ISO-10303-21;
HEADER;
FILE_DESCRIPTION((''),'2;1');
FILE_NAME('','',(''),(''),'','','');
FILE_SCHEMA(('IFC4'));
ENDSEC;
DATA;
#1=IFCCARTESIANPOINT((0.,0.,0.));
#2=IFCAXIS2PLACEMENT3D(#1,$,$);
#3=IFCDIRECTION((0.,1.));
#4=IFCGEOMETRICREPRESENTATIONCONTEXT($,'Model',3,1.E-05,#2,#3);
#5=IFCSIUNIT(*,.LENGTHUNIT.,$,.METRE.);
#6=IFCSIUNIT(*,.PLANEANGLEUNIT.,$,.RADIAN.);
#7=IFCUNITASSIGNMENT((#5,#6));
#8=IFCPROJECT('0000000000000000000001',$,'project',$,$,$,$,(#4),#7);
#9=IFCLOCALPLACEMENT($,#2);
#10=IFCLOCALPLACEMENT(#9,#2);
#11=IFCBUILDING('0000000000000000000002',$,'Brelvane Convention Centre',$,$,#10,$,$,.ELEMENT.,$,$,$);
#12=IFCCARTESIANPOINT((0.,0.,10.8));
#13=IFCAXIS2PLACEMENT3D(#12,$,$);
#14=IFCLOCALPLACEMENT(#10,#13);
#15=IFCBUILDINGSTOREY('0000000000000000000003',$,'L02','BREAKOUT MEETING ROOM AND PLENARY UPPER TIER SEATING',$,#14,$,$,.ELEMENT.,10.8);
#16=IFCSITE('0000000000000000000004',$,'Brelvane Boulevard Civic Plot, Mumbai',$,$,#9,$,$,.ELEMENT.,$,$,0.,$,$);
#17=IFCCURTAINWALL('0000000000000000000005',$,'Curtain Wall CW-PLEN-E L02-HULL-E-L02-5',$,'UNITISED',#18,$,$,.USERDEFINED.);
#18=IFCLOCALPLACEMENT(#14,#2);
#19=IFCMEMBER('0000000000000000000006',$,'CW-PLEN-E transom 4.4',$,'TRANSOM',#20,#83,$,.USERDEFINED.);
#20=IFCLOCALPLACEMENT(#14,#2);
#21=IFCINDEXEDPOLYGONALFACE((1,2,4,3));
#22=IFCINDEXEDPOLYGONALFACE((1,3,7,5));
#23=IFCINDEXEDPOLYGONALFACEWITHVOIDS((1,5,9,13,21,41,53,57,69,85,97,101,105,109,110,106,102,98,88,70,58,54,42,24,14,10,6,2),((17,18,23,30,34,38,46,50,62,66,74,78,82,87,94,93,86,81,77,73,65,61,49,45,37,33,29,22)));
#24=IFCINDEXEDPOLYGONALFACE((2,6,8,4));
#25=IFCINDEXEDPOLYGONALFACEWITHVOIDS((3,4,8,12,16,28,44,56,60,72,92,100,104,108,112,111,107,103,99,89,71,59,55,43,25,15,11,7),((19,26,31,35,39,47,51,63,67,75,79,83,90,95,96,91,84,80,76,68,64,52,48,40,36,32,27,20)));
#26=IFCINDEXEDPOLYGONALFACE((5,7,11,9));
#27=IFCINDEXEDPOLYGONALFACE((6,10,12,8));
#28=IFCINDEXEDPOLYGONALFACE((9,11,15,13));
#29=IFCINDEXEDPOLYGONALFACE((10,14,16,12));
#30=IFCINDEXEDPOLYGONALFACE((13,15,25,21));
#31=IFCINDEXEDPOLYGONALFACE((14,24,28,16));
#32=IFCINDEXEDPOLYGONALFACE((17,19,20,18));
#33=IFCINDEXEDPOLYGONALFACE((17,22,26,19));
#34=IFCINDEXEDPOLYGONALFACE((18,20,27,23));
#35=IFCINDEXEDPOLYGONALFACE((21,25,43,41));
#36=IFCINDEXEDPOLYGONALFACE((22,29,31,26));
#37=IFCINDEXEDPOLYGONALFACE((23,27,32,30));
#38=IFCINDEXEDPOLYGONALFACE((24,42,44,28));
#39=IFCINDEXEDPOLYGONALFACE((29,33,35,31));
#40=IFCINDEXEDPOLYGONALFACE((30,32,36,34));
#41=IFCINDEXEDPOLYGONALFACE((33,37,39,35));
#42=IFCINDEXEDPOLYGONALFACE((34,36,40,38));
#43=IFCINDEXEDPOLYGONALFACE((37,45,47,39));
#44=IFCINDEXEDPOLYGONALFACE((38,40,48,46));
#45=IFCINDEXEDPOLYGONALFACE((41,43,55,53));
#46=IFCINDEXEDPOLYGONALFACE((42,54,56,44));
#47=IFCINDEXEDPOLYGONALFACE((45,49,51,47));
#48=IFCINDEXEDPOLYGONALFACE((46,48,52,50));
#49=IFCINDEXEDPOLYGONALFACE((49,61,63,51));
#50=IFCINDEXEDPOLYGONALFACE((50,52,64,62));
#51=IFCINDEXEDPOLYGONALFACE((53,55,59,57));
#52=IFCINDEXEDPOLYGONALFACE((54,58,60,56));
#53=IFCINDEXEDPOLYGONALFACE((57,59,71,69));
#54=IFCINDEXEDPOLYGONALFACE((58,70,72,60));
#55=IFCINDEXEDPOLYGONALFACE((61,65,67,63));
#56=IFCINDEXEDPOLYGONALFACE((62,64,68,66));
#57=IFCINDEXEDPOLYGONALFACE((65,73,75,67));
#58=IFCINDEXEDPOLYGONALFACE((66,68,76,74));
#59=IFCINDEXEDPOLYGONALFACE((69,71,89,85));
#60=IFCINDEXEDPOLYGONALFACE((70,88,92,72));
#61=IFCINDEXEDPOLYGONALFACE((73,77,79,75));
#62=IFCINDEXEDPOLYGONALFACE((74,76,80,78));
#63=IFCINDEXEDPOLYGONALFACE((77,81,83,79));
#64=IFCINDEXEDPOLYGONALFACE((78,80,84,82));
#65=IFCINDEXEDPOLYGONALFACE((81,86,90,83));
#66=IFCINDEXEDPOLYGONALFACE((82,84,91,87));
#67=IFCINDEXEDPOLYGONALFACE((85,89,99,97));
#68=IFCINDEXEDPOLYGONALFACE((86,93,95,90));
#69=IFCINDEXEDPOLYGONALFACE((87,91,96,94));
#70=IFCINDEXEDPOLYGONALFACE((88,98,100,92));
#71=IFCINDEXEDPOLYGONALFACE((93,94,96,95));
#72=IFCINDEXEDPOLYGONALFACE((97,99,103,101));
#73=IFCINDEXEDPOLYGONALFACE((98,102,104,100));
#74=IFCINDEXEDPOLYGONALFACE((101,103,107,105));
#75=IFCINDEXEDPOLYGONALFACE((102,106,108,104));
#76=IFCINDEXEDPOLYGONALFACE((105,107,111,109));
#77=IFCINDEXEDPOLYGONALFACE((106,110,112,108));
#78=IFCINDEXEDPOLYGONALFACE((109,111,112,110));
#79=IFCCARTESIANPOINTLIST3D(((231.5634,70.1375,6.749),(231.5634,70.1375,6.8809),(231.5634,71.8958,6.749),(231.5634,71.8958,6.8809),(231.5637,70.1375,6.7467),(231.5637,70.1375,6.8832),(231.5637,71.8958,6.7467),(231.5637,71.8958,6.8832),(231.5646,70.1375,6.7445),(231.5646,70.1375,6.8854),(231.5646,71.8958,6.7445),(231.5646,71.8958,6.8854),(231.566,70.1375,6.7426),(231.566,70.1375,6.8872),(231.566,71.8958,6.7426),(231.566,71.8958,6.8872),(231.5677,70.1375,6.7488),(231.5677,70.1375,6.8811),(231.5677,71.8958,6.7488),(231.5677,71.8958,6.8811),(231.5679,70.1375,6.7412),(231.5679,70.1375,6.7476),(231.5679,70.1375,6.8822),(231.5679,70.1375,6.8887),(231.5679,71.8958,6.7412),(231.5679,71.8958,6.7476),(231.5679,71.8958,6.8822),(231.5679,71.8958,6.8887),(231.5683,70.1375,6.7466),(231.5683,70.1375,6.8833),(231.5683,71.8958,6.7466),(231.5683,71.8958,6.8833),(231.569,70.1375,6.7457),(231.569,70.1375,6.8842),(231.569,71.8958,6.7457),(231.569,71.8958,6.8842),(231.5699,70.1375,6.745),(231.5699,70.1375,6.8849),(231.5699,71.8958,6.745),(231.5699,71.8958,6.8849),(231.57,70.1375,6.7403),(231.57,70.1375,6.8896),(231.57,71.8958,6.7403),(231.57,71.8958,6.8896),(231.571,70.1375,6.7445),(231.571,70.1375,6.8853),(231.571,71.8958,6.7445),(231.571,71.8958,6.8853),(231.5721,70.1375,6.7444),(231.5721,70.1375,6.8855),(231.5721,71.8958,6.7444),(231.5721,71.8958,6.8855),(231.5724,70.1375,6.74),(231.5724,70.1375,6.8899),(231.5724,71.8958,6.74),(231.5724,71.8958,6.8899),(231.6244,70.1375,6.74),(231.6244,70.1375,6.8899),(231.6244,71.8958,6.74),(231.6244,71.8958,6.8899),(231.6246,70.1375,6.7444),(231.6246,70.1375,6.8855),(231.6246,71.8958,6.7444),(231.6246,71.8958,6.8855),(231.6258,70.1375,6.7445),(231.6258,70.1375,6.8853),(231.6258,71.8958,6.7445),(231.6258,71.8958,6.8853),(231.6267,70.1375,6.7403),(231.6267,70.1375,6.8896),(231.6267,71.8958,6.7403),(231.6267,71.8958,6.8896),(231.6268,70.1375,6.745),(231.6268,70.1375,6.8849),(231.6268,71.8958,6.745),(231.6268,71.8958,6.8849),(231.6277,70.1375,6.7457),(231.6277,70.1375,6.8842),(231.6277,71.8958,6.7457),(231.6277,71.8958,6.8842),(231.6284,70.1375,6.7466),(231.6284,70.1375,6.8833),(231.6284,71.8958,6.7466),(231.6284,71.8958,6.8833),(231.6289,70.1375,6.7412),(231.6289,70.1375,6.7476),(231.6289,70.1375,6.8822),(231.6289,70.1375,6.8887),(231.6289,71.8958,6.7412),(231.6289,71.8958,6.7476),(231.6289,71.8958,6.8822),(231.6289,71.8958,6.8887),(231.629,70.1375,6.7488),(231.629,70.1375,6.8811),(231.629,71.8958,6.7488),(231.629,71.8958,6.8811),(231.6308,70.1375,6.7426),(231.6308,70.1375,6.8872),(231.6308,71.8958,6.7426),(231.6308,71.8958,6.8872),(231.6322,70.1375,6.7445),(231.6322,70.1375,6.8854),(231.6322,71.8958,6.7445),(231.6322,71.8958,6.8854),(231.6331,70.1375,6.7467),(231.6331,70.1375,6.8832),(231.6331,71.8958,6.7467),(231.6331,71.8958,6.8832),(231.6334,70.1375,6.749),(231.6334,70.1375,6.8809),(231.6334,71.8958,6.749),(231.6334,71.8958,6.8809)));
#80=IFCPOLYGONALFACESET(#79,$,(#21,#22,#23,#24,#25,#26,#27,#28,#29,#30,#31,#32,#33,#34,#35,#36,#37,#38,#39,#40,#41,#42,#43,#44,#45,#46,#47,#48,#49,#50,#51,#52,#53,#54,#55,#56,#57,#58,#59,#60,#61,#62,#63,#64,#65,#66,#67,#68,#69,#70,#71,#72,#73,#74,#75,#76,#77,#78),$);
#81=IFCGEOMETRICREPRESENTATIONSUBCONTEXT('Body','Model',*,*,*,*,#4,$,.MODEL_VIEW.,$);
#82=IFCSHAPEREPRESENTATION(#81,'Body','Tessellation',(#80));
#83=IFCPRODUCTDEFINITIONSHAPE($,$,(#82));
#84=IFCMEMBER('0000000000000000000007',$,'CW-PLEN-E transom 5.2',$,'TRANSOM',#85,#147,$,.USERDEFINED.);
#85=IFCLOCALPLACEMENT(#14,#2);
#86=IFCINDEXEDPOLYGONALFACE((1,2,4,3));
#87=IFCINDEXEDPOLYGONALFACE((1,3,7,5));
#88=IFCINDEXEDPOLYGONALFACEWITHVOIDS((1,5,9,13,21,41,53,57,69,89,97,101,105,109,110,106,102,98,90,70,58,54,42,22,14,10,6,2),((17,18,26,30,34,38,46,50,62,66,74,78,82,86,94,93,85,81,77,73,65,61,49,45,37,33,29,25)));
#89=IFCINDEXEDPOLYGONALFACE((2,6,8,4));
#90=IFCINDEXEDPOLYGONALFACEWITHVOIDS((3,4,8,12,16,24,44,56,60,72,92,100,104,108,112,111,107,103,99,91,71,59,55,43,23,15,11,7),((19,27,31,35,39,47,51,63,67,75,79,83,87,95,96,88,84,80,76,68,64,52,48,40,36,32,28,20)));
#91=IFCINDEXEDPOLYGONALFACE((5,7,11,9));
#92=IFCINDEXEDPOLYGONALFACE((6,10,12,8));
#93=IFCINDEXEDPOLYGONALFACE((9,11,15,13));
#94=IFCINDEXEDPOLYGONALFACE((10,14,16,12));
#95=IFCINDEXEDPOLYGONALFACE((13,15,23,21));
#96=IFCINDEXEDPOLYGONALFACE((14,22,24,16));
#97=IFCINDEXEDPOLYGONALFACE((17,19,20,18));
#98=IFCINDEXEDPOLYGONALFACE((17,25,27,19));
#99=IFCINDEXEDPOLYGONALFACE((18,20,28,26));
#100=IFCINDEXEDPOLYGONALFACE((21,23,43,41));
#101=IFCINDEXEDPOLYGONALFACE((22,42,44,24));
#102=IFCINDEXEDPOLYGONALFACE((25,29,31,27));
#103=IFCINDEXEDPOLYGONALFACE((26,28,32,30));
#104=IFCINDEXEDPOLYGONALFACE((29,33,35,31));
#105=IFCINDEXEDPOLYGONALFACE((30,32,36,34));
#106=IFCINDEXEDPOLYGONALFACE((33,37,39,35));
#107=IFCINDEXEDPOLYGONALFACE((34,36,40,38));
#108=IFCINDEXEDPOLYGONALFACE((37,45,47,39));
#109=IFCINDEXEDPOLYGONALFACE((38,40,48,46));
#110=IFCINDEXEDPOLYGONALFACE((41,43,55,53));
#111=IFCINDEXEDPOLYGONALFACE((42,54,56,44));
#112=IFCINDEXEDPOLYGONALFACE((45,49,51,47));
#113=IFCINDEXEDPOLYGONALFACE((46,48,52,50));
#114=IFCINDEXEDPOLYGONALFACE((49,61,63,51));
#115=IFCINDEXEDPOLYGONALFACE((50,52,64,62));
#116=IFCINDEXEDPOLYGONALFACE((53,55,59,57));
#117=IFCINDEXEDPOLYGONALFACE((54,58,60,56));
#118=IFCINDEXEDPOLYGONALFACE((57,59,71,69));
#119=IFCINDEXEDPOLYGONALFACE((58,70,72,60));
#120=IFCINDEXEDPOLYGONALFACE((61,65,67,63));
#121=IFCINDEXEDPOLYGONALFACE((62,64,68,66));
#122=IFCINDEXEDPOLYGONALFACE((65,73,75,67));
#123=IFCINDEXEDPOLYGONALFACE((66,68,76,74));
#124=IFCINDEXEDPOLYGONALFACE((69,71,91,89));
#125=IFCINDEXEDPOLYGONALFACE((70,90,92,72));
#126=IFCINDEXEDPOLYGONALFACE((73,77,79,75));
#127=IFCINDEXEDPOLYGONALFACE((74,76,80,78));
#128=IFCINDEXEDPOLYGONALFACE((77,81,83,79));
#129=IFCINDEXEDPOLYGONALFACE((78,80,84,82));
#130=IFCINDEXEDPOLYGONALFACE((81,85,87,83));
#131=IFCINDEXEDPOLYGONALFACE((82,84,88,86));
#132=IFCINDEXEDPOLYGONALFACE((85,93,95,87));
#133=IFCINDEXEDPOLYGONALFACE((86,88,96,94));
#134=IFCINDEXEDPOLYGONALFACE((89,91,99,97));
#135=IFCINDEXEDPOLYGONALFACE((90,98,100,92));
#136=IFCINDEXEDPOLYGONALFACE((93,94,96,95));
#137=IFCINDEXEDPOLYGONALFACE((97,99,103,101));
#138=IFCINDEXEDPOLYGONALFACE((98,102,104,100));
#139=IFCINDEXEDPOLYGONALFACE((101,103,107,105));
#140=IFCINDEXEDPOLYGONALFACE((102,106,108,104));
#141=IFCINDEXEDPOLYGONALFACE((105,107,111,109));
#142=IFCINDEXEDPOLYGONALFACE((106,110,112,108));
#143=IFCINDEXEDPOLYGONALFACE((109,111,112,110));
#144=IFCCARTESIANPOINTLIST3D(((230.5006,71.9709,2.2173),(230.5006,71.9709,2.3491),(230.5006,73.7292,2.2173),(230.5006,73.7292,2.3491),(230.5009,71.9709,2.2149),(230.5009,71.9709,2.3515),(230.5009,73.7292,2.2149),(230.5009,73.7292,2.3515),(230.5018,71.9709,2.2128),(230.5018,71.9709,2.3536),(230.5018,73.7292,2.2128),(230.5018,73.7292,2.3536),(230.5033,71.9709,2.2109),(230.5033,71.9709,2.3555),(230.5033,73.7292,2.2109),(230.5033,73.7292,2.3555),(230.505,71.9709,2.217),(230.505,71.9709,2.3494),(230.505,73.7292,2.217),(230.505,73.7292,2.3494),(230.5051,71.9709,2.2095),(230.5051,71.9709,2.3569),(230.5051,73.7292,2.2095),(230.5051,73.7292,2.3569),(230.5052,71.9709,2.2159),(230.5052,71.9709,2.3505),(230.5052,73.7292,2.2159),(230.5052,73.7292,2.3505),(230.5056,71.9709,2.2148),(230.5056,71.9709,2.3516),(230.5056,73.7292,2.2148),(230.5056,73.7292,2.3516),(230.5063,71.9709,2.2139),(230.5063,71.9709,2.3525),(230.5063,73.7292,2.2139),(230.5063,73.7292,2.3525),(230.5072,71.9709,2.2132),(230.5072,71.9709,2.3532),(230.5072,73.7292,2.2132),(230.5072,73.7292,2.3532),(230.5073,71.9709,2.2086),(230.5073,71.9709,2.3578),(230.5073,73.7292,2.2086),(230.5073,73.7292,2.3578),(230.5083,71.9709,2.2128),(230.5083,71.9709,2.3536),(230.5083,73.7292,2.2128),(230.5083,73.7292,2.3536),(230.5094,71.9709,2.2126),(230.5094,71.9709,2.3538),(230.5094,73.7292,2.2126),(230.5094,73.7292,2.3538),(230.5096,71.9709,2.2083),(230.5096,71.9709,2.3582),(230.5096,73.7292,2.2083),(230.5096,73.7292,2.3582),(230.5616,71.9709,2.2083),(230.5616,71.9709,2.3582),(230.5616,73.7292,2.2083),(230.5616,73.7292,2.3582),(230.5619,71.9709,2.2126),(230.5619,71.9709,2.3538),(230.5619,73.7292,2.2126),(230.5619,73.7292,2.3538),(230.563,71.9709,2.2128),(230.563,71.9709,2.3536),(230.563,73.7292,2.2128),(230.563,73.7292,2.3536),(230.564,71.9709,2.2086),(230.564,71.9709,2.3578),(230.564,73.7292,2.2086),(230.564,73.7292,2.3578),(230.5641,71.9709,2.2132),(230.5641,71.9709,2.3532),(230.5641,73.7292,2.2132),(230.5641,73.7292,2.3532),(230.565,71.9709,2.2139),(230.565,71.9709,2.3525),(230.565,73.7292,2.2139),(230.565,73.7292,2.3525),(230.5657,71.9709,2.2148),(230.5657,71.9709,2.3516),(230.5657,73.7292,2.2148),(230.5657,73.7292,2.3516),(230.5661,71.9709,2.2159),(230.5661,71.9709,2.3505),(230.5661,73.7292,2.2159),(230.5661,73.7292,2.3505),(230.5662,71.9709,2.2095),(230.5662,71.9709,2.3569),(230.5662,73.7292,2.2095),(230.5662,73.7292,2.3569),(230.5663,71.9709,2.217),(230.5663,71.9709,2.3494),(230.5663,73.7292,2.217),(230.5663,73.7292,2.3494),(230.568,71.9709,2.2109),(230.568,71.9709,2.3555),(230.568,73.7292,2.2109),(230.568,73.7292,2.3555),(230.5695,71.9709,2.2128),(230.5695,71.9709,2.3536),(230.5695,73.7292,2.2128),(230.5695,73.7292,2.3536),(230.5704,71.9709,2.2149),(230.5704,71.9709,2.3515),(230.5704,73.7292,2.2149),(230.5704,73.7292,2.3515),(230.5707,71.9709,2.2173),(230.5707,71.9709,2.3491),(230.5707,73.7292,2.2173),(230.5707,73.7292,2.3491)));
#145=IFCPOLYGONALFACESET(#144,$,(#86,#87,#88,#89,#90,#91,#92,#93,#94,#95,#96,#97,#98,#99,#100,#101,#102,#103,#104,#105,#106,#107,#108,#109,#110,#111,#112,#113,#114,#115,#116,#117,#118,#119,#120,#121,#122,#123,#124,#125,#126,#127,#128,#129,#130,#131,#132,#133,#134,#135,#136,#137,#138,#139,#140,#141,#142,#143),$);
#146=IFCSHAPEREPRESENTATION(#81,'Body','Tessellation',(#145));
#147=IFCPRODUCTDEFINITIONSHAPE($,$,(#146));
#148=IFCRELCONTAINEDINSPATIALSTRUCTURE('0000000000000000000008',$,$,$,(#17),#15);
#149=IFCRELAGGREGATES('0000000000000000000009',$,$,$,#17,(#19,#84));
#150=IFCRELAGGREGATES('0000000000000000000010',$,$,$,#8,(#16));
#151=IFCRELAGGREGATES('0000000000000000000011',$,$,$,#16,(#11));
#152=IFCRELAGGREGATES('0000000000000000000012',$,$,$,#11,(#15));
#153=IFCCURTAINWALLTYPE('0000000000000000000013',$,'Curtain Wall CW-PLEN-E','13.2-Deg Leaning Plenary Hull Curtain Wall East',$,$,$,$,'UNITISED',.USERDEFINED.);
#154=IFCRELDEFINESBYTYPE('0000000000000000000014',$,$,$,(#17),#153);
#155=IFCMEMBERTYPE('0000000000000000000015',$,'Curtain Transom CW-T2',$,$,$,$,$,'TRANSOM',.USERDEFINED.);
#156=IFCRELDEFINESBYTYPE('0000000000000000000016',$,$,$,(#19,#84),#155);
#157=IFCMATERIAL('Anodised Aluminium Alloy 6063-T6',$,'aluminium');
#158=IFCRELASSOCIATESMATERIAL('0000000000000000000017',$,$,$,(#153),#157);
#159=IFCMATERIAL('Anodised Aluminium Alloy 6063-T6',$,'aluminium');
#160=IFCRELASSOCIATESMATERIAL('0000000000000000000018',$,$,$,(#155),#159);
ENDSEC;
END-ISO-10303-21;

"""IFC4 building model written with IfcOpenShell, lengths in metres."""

from ifc_helpers import new_model, si_unit, direction, frame, origin, origin_2d, place, context, subcontext, project, spatial, hollow_rectangle, extrude, material, material_profile, profile_set, type_object, element, aggregate, save


model = new_model("IFC4")

# Units and contexts
model_context = context("Model", 3, precision=1e-05, world=origin(), true_north=direction((0.0, 1.0)))
body_context = subcontext(model_context, "Body", "Model", "MODEL_VIEW")
ifc_project = project(units=[si_unit("LENGTHUNIT", "METRE"), si_unit("PLANEANGLEUNIT", "RADIAN")], contexts=[model_context])

# Site, building, storey
site_placement = place(None, origin())
site = spatial("IfcSite", under=ifc_project, at=site_placement, Name="Brelvane Boulevard Civic Plot, Mumbai", CompositionType="ELEMENT", RefElevation=0.0)
building_placement = place(site_placement, origin())
building = spatial("IfcBuilding", under=site, at=building_placement, Name="Brelvane Convention Centre", CompositionType="ELEMENT")
storey_placement = place(building_placement, frame((0.0, 0.0, 10.8)))
storey = spatial("IfcBuildingStorey", under=building, at=storey_placement, Name="L02", Description="BREAKOUT MEETING ROOM AND PLENARY UPPER TIER SEATING", CompositionType="ELEMENT", Elevation=10.8)

# Curtain wall, members
ifc_material_1 = material(Name="Anodised Aluminium Alloy 6063-T6", Category="aluminium")
curtain_wall_type = type_object("IfcCurtainWallType", Name="Curtain Wall CW-PLEN-E", Description="13.2-Deg Leaning Plenary Hull Curtain Wall East", ElementType="UNITISED", PredefinedType="USERDEFINED", material=ifc_material_1)
curtain_wall_1_placement = place(storey_placement, origin())
curtain_wall_1 = element("IfcCurtainWall", 1, at=curtain_wall_1_placement, inside=storey, type_object=curtain_wall_type, Name="Curtain Wall CW-PLEN-E L02-HULL-E-L02-5", ObjectType="UNITISED", PredefinedType="USERDEFINED")
ifc_material_2 = material(Name="Anodised Aluminium Alloy 6063-T6", Category="aluminium")
ifc_material_profile = material_profile(ifc_material_2, hollow_rectangle(XDim=0.0701, YDim=0.1499, WallThickness=0.0044, InnerFilletRadius=0.0044, OuterFilletRadius=0.009, at=origin_2d()), Name="ALU-T 150x70x4.5")
ifc_profile_set = profile_set([ifc_material_profile], Name="Anodised Aluminium Alloy 6063-T6")
member_type = type_object("IfcMemberType", Name="Curtain Transom CW-T2", ElementType="TRANSOM", PredefinedType="USERDEFINED", material=ifc_profile_set)
member_1_placement = place(storey_placement, frame((231.5984, 70.1375, 6.8149), z_axis=(0.0, 1.0, 0.0), x_axis=(-1.0, 0.0, 0.0)))
member_1 = element("IfcMember", 2, at=member_1_placement, type_object=member_type, Name="CW-PLEN-E transom 4.4", ObjectType="TRANSOM", PredefinedType="USERDEFINED", context=body_context, shape_type="SweptSolid", body=[
    extrude(hollow_rectangle(XDim=0.0701, YDim=0.1499, WallThickness=0.0044, InnerFilletRadius=0.0044, OuterFilletRadius=0.009, at=origin_2d()), origin(), (0.0, 0.0, 1.0), 1.7583),
])
member_2_placement = place(storey_placement, frame((230.5356, 71.9709, 2.2832), z_axis=(0.0, 1.0, 0.0), x_axis=(-1.0, 0.0, 0.0)))
member_2 = element("IfcMember", 3, at=member_2_placement, type_object=member_type, Name="CW-PLEN-E transom 5.2", ObjectType="TRANSOM", PredefinedType="USERDEFINED", context=body_context, shape_type="SweptSolid", body=[
    extrude(hollow_rectangle(XDim=0.0701, YDim=0.1499, WallThickness=0.0044, InnerFilletRadius=0.0044, OuterFilletRadius=0.009, at=origin_2d()), origin(), (0.0, 0.0, 1.0), 1.7583),
])

aggregate(curtain_wall_1, [member_1, member_2])

save(model, "model.ifc")
